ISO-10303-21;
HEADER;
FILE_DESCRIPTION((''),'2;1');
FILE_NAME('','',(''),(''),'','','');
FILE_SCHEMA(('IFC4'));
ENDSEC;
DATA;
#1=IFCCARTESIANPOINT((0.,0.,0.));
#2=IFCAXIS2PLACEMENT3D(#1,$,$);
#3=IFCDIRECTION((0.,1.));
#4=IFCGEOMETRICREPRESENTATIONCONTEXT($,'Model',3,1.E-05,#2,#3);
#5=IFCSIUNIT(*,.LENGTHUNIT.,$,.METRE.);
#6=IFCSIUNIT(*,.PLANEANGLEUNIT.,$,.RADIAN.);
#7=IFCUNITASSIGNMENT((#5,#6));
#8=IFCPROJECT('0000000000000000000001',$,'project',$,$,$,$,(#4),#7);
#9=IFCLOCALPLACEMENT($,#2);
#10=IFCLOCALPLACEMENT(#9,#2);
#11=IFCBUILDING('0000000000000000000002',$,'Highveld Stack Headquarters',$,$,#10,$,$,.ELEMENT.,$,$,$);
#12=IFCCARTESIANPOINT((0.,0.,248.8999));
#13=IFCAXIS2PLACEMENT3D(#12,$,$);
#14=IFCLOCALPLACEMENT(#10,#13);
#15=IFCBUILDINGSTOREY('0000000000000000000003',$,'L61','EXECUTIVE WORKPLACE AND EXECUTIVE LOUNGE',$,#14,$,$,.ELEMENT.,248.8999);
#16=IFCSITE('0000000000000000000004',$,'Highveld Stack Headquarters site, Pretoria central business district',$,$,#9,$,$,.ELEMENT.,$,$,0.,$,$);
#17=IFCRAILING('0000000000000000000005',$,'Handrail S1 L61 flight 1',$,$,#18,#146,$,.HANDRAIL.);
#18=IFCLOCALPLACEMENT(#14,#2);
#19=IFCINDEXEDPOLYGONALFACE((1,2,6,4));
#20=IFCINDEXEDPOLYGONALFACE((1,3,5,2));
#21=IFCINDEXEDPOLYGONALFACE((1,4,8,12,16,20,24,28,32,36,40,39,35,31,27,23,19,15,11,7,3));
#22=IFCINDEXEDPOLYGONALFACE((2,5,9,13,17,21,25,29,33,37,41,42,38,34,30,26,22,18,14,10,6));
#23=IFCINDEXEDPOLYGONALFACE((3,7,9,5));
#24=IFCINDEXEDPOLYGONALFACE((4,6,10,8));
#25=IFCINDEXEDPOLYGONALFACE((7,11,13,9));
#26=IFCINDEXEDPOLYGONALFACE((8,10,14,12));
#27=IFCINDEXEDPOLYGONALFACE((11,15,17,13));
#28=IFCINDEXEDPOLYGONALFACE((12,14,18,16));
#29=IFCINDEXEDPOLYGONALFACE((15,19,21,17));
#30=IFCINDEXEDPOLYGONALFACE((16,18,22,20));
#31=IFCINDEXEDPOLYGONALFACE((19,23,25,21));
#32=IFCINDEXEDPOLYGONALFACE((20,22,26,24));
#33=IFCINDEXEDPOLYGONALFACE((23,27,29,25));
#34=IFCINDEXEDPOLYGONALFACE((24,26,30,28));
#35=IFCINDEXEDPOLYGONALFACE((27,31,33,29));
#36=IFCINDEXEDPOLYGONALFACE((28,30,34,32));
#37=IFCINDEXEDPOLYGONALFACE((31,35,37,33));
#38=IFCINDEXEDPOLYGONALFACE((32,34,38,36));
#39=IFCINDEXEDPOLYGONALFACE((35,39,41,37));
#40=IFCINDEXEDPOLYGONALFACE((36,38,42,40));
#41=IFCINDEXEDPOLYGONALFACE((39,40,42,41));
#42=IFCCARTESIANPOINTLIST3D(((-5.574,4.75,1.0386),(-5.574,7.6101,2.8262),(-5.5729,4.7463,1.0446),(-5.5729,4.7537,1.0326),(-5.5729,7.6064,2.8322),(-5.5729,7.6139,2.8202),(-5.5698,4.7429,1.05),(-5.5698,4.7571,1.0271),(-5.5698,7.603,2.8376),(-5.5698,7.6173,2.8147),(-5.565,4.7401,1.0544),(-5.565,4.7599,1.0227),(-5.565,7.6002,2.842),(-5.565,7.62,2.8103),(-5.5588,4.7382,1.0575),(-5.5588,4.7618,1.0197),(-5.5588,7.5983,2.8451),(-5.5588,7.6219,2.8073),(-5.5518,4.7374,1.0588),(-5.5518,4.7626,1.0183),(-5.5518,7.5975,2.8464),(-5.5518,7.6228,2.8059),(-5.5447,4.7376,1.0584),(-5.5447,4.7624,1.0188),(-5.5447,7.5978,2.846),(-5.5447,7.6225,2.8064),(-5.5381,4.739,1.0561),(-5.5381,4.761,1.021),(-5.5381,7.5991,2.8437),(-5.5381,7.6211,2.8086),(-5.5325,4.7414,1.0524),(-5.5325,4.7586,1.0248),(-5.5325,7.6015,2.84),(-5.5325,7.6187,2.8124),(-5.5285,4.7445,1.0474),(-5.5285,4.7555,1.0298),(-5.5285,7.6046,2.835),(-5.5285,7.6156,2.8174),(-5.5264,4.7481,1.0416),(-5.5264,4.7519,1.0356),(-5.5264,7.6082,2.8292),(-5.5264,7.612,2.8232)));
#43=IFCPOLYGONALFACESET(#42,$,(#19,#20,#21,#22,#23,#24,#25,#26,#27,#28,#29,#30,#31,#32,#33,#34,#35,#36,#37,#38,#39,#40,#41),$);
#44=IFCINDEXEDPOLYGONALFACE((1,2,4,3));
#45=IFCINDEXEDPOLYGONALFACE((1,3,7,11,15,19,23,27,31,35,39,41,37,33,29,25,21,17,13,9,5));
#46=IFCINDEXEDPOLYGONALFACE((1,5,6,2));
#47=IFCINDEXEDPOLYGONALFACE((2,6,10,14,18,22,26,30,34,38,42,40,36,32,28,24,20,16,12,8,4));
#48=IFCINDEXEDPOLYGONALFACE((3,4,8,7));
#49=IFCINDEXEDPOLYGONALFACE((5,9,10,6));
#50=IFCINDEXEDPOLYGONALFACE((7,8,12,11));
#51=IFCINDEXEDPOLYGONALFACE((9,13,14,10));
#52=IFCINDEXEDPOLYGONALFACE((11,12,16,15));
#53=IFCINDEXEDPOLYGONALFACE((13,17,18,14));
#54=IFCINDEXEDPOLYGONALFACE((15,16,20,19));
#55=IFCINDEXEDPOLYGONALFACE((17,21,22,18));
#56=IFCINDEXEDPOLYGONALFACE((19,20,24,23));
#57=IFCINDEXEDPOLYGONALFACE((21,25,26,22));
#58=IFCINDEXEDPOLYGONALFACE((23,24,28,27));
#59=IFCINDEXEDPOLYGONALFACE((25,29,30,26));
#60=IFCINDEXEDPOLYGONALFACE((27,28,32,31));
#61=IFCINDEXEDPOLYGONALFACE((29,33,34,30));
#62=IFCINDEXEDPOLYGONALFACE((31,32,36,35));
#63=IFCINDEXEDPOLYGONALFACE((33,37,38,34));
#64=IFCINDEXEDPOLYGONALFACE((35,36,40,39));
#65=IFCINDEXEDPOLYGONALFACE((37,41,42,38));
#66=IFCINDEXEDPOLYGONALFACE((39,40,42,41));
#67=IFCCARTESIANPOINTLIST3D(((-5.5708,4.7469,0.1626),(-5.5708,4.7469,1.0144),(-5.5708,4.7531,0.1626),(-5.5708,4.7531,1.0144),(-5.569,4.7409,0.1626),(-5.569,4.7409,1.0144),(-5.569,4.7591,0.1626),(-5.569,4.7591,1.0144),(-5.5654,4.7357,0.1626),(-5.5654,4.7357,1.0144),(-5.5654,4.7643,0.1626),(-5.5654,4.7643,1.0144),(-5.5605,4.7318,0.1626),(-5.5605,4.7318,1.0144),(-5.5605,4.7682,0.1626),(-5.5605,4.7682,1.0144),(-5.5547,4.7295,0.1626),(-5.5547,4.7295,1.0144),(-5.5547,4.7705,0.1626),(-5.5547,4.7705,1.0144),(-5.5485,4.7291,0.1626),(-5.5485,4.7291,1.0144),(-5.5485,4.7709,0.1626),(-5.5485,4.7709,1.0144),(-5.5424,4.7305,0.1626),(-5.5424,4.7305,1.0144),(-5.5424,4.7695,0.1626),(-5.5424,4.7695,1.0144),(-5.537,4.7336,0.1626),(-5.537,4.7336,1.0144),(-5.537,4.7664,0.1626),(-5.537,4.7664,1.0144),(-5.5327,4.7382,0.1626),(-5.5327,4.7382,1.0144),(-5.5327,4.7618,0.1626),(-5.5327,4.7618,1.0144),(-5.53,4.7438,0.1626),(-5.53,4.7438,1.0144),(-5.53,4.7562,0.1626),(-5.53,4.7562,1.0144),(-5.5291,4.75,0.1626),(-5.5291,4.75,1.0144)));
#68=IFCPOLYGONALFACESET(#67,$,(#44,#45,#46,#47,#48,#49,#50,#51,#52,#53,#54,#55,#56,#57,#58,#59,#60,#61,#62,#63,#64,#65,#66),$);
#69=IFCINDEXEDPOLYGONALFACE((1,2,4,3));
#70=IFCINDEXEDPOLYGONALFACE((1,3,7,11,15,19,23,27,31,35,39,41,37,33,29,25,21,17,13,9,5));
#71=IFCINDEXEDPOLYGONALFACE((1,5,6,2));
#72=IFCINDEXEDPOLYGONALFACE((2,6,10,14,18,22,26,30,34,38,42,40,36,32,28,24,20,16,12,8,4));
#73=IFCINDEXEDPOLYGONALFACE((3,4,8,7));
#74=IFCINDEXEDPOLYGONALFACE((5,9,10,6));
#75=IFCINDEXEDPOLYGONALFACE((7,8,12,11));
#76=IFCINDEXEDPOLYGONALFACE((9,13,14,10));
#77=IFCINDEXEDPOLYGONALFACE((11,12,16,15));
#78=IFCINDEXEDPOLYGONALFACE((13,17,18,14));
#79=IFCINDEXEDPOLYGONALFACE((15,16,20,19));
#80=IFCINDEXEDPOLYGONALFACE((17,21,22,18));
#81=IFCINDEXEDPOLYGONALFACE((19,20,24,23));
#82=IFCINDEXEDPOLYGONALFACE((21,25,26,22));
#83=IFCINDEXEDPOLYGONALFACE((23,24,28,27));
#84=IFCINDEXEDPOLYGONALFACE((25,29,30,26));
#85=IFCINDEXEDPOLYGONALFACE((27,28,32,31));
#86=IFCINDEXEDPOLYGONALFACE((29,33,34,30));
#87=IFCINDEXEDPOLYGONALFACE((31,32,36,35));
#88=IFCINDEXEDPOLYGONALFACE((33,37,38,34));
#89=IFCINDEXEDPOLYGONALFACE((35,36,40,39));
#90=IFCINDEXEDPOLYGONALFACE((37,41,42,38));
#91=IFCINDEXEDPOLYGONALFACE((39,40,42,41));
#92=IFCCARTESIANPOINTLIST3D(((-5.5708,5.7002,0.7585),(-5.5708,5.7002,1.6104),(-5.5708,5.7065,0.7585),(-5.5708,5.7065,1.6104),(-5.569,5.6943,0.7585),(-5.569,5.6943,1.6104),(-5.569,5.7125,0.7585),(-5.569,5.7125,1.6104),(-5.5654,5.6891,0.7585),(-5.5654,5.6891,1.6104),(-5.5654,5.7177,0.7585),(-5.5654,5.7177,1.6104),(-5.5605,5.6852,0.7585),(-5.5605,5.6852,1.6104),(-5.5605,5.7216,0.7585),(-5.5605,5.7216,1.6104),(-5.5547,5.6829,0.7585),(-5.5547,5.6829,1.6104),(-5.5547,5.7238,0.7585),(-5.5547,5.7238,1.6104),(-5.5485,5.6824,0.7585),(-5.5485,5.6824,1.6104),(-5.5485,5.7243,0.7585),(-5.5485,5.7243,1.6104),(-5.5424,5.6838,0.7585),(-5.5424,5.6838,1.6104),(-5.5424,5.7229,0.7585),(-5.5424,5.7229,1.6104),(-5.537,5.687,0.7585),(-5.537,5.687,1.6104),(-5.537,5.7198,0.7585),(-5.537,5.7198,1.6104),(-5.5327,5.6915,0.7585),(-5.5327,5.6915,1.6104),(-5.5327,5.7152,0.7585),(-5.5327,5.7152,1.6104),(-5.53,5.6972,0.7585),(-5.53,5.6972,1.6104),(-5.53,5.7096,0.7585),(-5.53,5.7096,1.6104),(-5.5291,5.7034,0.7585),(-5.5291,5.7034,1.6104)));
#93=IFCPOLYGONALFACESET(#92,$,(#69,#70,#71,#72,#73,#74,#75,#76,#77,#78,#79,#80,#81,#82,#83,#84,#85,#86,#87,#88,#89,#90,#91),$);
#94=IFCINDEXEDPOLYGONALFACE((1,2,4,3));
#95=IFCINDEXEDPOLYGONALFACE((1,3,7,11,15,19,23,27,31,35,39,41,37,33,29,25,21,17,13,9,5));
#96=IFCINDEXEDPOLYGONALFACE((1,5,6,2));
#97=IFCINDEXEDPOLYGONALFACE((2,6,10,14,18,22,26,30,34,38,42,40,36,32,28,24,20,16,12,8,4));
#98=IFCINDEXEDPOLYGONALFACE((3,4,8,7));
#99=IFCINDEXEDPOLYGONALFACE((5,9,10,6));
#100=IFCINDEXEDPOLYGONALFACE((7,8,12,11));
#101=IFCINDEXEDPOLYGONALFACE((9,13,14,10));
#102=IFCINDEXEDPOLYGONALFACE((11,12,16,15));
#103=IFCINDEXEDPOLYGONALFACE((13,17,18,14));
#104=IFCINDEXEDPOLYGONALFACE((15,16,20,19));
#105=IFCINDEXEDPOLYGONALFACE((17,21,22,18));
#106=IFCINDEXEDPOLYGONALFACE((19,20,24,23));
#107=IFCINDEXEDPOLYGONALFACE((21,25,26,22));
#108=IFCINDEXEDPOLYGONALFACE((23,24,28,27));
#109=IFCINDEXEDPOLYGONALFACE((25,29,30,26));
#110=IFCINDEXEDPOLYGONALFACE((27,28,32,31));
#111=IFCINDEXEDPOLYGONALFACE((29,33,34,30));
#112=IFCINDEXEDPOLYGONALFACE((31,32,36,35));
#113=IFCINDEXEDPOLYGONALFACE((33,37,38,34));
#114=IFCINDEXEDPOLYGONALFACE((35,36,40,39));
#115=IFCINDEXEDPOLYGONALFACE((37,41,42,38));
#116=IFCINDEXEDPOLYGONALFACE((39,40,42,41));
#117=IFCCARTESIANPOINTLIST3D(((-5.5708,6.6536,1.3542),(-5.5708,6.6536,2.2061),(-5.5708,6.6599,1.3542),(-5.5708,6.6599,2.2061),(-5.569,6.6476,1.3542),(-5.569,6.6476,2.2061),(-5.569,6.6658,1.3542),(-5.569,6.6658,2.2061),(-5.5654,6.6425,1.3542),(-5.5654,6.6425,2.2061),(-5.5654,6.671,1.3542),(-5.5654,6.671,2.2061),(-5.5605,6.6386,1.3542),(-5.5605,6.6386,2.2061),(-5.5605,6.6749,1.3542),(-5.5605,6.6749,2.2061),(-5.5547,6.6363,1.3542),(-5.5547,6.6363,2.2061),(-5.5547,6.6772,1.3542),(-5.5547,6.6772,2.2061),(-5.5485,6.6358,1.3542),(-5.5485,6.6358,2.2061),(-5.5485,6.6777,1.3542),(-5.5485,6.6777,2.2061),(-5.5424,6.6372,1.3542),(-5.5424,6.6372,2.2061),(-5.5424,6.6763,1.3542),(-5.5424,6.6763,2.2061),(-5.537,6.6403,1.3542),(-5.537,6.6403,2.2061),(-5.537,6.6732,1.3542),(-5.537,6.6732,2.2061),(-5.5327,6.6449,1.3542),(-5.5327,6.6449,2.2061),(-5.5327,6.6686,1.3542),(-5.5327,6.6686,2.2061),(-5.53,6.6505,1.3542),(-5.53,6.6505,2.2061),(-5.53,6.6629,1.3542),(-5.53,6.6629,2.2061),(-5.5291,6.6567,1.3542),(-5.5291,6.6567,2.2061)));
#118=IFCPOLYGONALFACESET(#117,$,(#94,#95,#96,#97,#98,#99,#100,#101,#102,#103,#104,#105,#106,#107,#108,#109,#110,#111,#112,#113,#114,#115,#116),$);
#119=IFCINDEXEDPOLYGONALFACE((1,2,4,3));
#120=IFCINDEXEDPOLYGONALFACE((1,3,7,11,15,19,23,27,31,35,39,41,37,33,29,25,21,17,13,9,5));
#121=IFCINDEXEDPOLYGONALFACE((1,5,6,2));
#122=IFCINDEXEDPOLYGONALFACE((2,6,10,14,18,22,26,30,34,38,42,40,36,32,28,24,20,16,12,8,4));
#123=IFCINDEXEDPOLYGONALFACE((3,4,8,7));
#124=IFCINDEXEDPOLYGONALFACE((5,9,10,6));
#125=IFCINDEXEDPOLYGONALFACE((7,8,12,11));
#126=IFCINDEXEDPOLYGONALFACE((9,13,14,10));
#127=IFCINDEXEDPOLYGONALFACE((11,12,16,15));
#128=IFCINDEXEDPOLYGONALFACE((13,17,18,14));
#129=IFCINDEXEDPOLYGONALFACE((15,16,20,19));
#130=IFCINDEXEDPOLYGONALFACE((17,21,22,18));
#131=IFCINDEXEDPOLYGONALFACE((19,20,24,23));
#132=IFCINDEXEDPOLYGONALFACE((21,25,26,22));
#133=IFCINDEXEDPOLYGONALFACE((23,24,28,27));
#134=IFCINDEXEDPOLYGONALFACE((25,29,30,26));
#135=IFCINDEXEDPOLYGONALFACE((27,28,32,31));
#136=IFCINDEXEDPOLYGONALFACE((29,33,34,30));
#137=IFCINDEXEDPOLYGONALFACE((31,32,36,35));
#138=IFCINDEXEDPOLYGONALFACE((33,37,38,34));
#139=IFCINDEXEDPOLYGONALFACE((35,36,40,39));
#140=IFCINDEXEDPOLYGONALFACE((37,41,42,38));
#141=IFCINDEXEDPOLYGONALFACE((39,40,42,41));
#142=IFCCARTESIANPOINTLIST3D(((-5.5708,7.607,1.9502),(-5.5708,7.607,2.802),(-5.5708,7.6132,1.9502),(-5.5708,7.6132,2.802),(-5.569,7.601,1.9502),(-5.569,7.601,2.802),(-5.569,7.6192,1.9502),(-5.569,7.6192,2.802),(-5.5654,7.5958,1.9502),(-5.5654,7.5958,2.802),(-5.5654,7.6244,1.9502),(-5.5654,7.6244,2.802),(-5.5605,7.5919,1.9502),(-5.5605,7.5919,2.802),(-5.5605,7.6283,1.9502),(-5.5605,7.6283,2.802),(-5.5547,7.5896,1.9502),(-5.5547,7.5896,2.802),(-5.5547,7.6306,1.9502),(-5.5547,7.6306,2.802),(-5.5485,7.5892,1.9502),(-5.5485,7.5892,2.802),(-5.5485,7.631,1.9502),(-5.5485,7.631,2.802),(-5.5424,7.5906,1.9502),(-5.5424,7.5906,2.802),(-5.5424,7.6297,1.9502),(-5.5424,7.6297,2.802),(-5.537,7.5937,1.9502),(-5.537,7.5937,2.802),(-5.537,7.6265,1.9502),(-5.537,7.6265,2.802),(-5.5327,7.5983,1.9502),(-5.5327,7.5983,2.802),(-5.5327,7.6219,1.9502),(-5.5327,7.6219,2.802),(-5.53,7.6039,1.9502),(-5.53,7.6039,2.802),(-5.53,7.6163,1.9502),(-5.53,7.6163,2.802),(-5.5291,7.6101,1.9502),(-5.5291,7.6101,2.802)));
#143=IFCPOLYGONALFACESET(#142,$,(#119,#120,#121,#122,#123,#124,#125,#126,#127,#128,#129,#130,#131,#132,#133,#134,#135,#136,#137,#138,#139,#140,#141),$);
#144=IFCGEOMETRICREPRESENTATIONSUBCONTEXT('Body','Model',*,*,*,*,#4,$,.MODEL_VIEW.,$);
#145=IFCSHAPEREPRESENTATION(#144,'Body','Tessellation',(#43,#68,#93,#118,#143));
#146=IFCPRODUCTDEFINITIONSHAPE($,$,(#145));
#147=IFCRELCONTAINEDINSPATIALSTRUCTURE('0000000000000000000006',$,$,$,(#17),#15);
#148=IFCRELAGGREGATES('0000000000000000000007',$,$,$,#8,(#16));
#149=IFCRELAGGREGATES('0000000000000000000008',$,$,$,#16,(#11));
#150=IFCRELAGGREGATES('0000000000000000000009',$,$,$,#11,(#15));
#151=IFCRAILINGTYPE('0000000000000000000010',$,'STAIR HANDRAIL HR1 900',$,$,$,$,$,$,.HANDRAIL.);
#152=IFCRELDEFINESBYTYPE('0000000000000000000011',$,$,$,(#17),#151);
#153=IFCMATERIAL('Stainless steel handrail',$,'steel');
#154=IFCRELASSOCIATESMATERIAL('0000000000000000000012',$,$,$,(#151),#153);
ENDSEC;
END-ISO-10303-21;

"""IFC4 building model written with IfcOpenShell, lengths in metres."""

from ifc_helpers import new_model, si_unit, direction, frame, origin, origin_2d, place, context, subcontext, project, spatial, circle, extrude, material, type_object, element, save


model = new_model("IFC4")

# Units and contexts
model_context = context("Model", 3, precision=1e-05, world=origin(), true_north=direction((0.0, 1.0)))
body_context = subcontext(model_context, "Body", "Model", "MODEL_VIEW")
ifc_project = project(units=[si_unit("LENGTHUNIT", "METRE"), si_unit("PLANEANGLEUNIT", "RADIAN")], contexts=[model_context])

# Site, building, storey
site_placement = place(None, origin())
site = spatial("IfcSite", under=ifc_project, at=site_placement, Name="Highveld Stack Headquarters site, Pretoria central business district", CompositionType="ELEMENT", RefElevation=0.0)
building_placement = place(site_placement, origin())
building = spatial("IfcBuilding", under=site, at=building_placement, Name="Highveld Stack Headquarters", CompositionType="ELEMENT")
storey_placement = place(building_placement, frame((0.0, 0.0, 248.8999)))
storey = spatial("IfcBuildingStorey", under=building, at=storey_placement, Name="L61", Description="EXECUTIVE WORKPLACE AND EXECUTIVE LOUNGE", CompositionType="ELEMENT", Elevation=248.8999)

# Railing
ifc_material_1 = material(Name="Stainless steel handrail", Category="steel")
railing_type = type_object("IfcRailingType", Name="STAIR HANDRAIL HR1 900", PredefinedType="HANDRAIL", material=ifc_material_1)
railing_placement = place(storey_placement, frame((-5.55, 4.75, 0.1626)))
element("IfcRailing", 1, at=railing_placement, inside=storey, type_object=railing_type, Name="Handrail S1 L61 flight 1", PredefinedType="HANDRAIL", context=body_context, shape_type="SweptSolid", body=[
    extrude(circle(Radius=0.0239, at=origin_2d()), frame((0.0, 0.0, 0.876), z_axis=(0.0, 0.847994, 0.530005), x_axis=(-1.0, 0.0, 0.0)), (0.0, 0.0, 1.0), 3.3728),
    extrude(circle(Radius=0.021, at=origin_2d()), origin(), (0.0, 0.0, 1.0), 0.8518),
    extrude(circle(Radius=0.021, at=origin_2d()), frame((0.0, 0.9534, 0.5959)), (0.0, 0.0, 1.0), 0.8518),
    extrude(circle(Radius=0.021, at=origin_2d()), frame((0.0, 1.9067, 1.1917)), (0.0, 0.0, 1.0), 0.8518),
    extrude(circle(Radius=0.021, at=origin_2d()), frame((0.0, 2.8601, 1.7876)), (0.0, 0.0, 1.0), 0.8518),
])

save(model, "model.ifc")
